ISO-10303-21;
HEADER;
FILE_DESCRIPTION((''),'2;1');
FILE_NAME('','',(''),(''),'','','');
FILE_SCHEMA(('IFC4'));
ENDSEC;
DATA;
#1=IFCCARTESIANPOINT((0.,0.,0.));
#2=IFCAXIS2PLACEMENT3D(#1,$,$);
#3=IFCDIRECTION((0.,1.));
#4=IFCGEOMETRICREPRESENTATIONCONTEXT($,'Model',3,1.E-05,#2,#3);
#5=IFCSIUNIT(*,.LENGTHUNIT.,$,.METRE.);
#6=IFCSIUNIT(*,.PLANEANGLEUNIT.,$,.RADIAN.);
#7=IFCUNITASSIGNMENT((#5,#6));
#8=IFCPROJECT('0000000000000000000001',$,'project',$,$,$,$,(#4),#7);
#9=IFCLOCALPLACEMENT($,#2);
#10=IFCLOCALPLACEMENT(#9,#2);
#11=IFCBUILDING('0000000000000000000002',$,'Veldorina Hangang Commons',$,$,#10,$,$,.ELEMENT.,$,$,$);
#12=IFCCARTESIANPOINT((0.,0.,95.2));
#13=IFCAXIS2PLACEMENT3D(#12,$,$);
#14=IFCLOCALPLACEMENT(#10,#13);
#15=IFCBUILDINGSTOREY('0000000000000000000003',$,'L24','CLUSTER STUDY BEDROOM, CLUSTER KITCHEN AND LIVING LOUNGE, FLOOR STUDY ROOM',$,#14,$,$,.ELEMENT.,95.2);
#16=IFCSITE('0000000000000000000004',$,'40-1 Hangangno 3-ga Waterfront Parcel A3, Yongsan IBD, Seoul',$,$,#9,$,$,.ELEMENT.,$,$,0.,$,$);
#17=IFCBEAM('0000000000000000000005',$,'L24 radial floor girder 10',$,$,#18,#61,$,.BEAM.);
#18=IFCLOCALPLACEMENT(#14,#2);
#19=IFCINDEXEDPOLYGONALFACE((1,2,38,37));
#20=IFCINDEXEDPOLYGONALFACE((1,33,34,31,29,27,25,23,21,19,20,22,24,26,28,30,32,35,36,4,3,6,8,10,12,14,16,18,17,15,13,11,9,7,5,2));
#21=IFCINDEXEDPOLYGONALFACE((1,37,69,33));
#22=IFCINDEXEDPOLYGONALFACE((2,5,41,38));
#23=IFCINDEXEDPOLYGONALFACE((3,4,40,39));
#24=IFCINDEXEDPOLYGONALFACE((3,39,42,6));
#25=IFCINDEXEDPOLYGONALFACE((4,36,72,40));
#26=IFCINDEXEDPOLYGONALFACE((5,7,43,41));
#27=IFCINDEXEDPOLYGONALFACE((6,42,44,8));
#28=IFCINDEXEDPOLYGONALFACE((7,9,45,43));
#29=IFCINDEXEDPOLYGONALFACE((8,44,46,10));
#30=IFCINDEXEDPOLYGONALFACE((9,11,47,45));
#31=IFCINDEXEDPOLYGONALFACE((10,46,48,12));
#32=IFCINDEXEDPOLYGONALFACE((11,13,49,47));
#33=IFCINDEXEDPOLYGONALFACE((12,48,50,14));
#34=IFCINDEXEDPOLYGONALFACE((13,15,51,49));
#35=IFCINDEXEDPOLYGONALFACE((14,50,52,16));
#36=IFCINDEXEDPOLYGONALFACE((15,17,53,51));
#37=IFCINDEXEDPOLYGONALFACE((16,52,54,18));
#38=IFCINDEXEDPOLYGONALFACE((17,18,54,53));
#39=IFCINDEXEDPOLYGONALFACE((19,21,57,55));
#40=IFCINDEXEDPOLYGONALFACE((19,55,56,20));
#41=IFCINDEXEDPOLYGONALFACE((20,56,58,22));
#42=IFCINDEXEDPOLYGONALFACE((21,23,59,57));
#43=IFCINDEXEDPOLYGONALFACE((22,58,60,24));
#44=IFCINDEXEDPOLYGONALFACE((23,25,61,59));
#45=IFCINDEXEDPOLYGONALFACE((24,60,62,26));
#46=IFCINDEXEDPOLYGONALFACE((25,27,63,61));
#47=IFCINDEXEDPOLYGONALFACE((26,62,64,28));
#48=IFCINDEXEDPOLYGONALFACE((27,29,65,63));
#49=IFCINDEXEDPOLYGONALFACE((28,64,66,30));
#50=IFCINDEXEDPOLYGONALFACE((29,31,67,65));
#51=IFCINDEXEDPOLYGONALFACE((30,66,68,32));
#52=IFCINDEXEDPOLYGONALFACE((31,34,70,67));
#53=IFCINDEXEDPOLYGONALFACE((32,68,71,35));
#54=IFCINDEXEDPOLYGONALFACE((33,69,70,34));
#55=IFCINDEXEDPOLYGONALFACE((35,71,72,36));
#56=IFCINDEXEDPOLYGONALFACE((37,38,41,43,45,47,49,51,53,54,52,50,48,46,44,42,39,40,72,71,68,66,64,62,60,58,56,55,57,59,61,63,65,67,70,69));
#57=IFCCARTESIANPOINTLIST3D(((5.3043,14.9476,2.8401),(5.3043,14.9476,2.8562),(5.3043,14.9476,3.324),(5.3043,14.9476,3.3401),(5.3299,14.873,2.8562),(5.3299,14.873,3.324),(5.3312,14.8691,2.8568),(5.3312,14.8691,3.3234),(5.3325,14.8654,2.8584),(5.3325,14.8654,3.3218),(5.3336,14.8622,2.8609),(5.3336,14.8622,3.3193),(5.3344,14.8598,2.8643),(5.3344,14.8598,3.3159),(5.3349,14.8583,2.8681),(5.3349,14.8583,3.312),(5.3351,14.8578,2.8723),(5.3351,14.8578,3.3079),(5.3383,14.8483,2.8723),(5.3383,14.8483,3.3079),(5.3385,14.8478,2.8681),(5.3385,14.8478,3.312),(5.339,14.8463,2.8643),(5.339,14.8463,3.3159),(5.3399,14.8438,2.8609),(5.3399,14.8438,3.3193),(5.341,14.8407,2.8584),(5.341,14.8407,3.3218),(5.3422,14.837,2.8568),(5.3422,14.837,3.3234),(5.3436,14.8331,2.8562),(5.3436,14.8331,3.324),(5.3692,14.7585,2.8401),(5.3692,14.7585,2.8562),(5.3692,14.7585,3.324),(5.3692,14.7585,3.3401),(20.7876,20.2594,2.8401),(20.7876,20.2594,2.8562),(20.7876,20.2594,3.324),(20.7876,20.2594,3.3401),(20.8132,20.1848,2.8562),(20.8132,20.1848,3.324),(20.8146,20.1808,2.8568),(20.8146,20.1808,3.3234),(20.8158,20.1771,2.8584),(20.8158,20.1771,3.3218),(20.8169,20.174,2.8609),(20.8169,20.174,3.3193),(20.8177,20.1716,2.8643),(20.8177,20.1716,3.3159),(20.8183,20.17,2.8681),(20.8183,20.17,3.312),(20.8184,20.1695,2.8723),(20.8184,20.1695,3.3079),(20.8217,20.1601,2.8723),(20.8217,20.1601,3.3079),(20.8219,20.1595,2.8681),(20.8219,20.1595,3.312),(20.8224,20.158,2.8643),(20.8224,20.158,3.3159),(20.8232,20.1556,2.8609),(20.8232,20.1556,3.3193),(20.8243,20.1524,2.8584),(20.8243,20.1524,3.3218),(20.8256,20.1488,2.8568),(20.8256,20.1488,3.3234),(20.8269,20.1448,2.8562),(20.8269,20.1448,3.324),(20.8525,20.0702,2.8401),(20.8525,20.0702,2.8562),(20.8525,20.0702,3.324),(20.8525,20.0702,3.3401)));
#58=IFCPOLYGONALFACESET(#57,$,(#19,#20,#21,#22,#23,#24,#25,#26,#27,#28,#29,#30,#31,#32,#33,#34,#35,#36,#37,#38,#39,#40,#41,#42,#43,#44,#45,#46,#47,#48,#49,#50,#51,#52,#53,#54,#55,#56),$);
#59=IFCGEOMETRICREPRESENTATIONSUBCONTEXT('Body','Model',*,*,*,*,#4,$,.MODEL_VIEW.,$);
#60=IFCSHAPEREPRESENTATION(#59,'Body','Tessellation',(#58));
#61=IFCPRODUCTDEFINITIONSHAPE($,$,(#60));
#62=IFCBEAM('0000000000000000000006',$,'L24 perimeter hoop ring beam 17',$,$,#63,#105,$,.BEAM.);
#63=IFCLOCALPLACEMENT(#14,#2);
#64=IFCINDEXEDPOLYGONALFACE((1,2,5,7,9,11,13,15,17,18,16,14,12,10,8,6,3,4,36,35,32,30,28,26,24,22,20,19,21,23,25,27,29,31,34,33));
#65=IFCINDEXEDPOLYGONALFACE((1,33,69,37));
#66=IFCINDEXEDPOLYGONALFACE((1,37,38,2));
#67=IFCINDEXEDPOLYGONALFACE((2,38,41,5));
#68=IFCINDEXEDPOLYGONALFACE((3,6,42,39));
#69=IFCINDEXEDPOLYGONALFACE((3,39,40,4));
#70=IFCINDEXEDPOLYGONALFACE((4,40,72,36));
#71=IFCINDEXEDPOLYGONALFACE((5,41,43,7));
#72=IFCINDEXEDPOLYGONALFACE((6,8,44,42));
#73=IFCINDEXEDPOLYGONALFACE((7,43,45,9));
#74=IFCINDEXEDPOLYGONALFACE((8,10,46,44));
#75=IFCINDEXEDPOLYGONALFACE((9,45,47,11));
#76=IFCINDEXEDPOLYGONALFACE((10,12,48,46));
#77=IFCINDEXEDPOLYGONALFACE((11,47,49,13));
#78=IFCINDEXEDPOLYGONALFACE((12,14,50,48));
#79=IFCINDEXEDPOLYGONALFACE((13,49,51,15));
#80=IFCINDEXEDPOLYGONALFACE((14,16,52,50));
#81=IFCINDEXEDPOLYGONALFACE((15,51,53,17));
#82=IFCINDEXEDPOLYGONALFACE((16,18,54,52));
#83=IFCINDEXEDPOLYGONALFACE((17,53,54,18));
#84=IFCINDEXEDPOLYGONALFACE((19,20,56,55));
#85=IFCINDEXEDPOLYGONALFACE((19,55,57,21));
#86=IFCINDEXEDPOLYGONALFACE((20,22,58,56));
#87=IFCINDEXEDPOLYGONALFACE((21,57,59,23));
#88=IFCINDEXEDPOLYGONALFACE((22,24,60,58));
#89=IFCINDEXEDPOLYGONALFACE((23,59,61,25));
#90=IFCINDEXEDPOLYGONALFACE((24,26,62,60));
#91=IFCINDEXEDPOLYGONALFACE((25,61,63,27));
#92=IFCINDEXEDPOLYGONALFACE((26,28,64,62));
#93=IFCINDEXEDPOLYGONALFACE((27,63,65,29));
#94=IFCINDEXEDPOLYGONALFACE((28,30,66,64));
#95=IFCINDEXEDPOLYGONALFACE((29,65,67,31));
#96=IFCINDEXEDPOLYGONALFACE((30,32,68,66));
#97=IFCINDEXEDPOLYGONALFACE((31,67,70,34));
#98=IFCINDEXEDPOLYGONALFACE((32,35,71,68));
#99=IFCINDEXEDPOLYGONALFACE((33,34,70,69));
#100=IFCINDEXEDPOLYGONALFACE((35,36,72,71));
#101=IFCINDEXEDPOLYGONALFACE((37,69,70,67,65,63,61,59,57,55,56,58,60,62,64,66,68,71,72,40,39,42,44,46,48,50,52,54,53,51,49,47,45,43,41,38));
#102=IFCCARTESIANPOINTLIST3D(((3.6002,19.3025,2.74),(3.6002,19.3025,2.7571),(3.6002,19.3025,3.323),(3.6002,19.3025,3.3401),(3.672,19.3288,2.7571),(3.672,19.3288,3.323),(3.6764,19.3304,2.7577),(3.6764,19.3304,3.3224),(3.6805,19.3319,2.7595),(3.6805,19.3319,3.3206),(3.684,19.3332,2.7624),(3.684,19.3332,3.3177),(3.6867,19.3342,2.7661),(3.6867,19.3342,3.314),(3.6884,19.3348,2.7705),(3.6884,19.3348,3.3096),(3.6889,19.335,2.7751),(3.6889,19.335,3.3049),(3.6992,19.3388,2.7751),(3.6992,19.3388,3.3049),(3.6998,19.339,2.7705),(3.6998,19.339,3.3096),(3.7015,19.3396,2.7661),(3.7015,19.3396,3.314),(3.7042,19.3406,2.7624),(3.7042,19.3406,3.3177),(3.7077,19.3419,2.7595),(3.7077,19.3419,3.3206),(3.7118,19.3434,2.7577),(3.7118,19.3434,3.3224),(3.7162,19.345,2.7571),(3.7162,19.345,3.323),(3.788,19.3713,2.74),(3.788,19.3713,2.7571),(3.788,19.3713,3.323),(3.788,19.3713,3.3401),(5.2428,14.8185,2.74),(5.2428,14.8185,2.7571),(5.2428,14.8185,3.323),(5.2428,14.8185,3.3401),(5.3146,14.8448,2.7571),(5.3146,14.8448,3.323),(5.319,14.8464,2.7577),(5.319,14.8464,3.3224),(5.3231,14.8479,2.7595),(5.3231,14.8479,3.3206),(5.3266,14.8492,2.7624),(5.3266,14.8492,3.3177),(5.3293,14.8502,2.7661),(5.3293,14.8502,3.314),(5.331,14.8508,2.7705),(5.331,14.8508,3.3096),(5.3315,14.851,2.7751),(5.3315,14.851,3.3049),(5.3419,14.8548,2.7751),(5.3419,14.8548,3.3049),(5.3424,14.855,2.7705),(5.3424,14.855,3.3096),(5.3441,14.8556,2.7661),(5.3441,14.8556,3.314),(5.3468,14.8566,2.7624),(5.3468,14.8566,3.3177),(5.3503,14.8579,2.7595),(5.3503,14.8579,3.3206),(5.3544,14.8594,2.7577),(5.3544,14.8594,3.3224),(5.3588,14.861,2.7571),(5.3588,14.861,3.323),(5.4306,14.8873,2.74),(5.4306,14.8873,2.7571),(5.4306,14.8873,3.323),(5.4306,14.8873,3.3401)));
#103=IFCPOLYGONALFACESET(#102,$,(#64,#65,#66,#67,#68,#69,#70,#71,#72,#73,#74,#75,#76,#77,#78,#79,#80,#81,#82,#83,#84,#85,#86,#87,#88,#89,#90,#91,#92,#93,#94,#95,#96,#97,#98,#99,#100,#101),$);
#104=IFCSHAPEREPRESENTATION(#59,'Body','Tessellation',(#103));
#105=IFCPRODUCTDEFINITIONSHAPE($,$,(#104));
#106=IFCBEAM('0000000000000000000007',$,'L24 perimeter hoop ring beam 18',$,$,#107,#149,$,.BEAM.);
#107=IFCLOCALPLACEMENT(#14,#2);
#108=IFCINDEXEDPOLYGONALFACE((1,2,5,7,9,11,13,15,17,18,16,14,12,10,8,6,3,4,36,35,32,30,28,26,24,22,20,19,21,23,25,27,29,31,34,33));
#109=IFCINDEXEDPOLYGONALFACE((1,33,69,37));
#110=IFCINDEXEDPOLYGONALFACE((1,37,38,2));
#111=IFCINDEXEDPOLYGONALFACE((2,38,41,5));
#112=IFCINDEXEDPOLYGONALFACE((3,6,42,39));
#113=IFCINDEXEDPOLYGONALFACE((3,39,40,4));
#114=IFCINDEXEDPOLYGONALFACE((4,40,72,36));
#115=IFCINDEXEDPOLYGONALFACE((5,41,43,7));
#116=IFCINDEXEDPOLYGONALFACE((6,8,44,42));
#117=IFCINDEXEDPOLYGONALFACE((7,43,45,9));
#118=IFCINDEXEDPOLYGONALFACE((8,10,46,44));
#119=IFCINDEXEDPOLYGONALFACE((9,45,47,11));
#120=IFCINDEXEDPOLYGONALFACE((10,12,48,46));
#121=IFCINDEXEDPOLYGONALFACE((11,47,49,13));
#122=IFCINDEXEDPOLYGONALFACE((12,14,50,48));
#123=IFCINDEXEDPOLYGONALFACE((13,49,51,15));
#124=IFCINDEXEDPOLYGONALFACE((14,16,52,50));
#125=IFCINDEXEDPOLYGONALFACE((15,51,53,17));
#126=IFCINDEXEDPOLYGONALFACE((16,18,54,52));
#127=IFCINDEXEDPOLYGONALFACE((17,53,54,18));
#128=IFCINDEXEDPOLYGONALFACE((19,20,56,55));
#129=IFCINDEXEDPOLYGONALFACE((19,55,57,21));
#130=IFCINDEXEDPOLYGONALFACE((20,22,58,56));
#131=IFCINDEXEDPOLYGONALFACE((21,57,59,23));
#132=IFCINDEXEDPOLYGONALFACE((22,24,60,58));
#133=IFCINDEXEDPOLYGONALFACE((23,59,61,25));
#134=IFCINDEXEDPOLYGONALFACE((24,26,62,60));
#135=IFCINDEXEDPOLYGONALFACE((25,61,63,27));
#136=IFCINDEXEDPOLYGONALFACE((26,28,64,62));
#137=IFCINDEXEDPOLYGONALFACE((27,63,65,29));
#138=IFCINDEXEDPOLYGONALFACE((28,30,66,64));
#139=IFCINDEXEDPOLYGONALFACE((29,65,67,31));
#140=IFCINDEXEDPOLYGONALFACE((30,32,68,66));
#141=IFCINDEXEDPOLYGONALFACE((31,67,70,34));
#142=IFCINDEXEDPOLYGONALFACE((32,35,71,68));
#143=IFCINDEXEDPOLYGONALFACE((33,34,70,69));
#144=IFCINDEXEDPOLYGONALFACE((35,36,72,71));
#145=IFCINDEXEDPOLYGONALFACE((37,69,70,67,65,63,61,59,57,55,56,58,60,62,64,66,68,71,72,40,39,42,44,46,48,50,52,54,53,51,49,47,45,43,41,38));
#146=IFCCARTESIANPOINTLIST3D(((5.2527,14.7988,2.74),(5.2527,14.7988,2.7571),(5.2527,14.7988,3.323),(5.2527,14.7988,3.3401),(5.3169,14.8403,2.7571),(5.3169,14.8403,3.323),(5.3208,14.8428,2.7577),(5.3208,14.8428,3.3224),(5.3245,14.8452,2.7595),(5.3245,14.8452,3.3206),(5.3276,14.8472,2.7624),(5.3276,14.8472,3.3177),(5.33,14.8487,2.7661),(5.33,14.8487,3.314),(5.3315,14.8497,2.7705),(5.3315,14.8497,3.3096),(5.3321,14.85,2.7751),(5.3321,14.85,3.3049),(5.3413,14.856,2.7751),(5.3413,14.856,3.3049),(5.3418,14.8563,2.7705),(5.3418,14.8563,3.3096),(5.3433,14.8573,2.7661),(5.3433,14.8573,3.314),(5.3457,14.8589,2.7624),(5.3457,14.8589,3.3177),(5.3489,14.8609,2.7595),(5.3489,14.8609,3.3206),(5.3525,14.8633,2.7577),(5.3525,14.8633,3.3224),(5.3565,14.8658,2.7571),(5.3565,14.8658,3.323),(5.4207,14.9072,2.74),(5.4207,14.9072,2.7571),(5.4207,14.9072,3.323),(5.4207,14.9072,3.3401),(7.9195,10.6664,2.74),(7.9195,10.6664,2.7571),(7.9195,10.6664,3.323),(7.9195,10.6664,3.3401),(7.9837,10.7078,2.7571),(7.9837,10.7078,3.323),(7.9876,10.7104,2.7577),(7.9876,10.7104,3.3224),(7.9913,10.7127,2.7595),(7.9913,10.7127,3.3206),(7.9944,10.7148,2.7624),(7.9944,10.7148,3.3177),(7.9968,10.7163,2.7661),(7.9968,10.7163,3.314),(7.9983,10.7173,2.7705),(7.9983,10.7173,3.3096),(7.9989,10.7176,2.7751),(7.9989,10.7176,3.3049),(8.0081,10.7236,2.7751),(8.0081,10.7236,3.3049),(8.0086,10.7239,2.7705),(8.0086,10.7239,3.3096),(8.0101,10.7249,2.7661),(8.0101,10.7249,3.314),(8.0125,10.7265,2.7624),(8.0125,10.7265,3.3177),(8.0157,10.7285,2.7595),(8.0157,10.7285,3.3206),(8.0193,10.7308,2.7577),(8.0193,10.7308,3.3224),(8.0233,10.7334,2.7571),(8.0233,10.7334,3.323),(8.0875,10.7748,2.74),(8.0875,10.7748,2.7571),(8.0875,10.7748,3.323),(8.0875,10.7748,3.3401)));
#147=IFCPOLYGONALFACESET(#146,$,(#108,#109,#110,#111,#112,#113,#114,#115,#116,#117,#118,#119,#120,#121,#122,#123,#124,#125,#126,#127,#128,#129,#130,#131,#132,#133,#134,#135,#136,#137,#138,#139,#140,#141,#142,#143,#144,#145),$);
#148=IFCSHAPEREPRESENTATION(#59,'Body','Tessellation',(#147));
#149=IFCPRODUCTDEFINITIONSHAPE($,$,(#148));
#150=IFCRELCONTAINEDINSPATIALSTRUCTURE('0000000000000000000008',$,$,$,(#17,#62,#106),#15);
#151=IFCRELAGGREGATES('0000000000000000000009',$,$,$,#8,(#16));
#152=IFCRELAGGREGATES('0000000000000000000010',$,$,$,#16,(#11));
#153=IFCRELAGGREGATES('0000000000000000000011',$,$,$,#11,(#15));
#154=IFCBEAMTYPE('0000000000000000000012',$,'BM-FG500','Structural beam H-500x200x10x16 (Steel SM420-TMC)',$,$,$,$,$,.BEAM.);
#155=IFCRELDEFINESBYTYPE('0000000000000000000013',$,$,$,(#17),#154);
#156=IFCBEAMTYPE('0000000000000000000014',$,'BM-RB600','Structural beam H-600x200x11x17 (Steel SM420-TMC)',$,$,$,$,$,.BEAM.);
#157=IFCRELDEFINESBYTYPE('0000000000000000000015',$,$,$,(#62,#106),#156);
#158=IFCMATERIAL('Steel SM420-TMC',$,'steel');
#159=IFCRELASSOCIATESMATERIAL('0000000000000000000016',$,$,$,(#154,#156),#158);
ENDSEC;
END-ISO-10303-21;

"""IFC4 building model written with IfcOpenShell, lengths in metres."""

from ifc_helpers import new_model, si_unit, direction, frame, origin, origin_2d, place, context, subcontext, project, spatial, i_section, extrude, material, material_profile, profile_set, type_object, element, save


model = new_model("IFC4")

# Units and contexts
model_context = context("Model", 3, precision=1e-05, world=origin(), true_north=direction((0.0, 1.0)))
body_context = subcontext(model_context, "Body", "Model", "MODEL_VIEW")
ifc_project = project(units=[si_unit("LENGTHUNIT", "METRE"), si_unit("PLANEANGLEUNIT", "RADIAN")], contexts=[model_context])

# Site, building, storey
site_placement = place(None, origin())
site = spatial("IfcSite", under=ifc_project, at=site_placement, Name="40-1 Hangangno 3-ga Waterfront Parcel A3, Yongsan IBD, Seoul", CompositionType="ELEMENT", RefElevation=0.0)
building_placement = place(site_placement, origin())
building = spatial("IfcBuilding", under=site, at=building_placement, Name="Veldorina Hangang Commons", CompositionType="ELEMENT")
storey_placement = place(building_placement, frame((0.0, 0.0, 95.2)))
storey = spatial("IfcBuildingStorey", under=building, at=storey_placement, Name="L24", Description="CLUSTER STUDY BEDROOM, CLUSTER KITCHEN AND LIVING LOUNGE, FLOOR STUDY ROOM", CompositionType="ELEMENT", Elevation=95.2)

# Beams
ifc_material_1 = material(Name="Steel SM420-TMC", Category="steel")
ifc_material_profile_1 = material_profile(ifc_material_1, i_section(OverallWidth=0.2, OverallDepth=0.5, WebThickness=0.01, FlangeThickness=0.0161, FilletRadius=0.0161, at=origin_2d()), Name="H-500x200x10x16")
ifc_profile_set_1 = profile_set([ifc_material_profile_1], Name="Steel SM420-TMC")
beam_type_1 = type_object("IfcBeamType", Name="BM-FG500", Description="Structural beam H-500x200x10x16 (Steel SM420-TMC)", PredefinedType="BEAM", material=ifc_profile_set_1)
beam_1_placement = place(storey_placement, frame((20.8201, 20.1648, 3.0901), z_axis=(-0.945886, -0.324498, 0.0), x_axis=(0.324498, -0.945886, 0.0)))
element("IfcBeam", 1, at=beam_1_placement, inside=storey, type_object=beam_type_1, Name="L24 radial floor girder 10", PredefinedType="BEAM", context=body_context, shape_type="SweptSolid", body=[
    extrude(i_section(OverallWidth=0.2, OverallDepth=0.5, WebThickness=0.01, FlangeThickness=0.0161, FilletRadius=0.0161, at=origin_2d()), origin(), (0.0, 0.0, 1.0), 16.3691),
])
ifc_material_profile_2 = material_profile(ifc_material_1, i_section(OverallWidth=0.2, OverallDepth=0.6001, WebThickness=0.011, FlangeThickness=0.0171, FilletRadius=0.0181, at=origin_2d()), Name="H-600x200x11x17")
ifc_profile_set_2 = profile_set([ifc_material_profile_2], Name="Steel SM420-TMC")
beam_type_2 = type_object("IfcBeamType", Name="BM-RB600", Description="Structural beam H-600x200x11x17 (Steel SM420-TMC)", PredefinedType="BEAM", material=ifc_profile_set_2)
beam_2_placement = place(storey_placement, frame((3.6941, 19.3369, 3.04), z_axis=(0.343975, -0.938979, 0.0), x_axis=(0.938979, 0.343975, 0.0)))
element("IfcBeam", 2, at=beam_2_placement, inside=storey, type_object=beam_type_2, Name="L24 perimeter hoop ring beam 17", PredefinedType="BEAM", context=body_context, shape_type="SweptSolid", body=[
    extrude(i_section(OverallWidth=0.2, OverallDepth=0.6001, WebThickness=0.011, FlangeThickness=0.0171, FilletRadius=0.0181, at=origin_2d()), origin(), (0.0, 0.0, 1.0), 4.7754),
])
beam_3_placement = place(storey_placement, frame((5.3367, 14.853, 3.04), z_axis=(0.542232, -0.840229, 0.0), x_axis=(0.840229, 0.542232, 0.0)))
element("IfcBeam", 3, at=beam_3_placement, inside=storey, type_object=beam_type_2, Name="L24 perimeter hoop ring beam 18", PredefinedType="BEAM", context=body_context, shape_type="SweptSolid", body=[
    extrude(i_section(OverallWidth=0.2, OverallDepth=0.6001, WebThickness=0.011, FlangeThickness=0.0171, FilletRadius=0.0181, at=origin_2d()), origin(), (0.0, 0.0, 1.0), 4.9182),
])

save(model, "model.ifc")
